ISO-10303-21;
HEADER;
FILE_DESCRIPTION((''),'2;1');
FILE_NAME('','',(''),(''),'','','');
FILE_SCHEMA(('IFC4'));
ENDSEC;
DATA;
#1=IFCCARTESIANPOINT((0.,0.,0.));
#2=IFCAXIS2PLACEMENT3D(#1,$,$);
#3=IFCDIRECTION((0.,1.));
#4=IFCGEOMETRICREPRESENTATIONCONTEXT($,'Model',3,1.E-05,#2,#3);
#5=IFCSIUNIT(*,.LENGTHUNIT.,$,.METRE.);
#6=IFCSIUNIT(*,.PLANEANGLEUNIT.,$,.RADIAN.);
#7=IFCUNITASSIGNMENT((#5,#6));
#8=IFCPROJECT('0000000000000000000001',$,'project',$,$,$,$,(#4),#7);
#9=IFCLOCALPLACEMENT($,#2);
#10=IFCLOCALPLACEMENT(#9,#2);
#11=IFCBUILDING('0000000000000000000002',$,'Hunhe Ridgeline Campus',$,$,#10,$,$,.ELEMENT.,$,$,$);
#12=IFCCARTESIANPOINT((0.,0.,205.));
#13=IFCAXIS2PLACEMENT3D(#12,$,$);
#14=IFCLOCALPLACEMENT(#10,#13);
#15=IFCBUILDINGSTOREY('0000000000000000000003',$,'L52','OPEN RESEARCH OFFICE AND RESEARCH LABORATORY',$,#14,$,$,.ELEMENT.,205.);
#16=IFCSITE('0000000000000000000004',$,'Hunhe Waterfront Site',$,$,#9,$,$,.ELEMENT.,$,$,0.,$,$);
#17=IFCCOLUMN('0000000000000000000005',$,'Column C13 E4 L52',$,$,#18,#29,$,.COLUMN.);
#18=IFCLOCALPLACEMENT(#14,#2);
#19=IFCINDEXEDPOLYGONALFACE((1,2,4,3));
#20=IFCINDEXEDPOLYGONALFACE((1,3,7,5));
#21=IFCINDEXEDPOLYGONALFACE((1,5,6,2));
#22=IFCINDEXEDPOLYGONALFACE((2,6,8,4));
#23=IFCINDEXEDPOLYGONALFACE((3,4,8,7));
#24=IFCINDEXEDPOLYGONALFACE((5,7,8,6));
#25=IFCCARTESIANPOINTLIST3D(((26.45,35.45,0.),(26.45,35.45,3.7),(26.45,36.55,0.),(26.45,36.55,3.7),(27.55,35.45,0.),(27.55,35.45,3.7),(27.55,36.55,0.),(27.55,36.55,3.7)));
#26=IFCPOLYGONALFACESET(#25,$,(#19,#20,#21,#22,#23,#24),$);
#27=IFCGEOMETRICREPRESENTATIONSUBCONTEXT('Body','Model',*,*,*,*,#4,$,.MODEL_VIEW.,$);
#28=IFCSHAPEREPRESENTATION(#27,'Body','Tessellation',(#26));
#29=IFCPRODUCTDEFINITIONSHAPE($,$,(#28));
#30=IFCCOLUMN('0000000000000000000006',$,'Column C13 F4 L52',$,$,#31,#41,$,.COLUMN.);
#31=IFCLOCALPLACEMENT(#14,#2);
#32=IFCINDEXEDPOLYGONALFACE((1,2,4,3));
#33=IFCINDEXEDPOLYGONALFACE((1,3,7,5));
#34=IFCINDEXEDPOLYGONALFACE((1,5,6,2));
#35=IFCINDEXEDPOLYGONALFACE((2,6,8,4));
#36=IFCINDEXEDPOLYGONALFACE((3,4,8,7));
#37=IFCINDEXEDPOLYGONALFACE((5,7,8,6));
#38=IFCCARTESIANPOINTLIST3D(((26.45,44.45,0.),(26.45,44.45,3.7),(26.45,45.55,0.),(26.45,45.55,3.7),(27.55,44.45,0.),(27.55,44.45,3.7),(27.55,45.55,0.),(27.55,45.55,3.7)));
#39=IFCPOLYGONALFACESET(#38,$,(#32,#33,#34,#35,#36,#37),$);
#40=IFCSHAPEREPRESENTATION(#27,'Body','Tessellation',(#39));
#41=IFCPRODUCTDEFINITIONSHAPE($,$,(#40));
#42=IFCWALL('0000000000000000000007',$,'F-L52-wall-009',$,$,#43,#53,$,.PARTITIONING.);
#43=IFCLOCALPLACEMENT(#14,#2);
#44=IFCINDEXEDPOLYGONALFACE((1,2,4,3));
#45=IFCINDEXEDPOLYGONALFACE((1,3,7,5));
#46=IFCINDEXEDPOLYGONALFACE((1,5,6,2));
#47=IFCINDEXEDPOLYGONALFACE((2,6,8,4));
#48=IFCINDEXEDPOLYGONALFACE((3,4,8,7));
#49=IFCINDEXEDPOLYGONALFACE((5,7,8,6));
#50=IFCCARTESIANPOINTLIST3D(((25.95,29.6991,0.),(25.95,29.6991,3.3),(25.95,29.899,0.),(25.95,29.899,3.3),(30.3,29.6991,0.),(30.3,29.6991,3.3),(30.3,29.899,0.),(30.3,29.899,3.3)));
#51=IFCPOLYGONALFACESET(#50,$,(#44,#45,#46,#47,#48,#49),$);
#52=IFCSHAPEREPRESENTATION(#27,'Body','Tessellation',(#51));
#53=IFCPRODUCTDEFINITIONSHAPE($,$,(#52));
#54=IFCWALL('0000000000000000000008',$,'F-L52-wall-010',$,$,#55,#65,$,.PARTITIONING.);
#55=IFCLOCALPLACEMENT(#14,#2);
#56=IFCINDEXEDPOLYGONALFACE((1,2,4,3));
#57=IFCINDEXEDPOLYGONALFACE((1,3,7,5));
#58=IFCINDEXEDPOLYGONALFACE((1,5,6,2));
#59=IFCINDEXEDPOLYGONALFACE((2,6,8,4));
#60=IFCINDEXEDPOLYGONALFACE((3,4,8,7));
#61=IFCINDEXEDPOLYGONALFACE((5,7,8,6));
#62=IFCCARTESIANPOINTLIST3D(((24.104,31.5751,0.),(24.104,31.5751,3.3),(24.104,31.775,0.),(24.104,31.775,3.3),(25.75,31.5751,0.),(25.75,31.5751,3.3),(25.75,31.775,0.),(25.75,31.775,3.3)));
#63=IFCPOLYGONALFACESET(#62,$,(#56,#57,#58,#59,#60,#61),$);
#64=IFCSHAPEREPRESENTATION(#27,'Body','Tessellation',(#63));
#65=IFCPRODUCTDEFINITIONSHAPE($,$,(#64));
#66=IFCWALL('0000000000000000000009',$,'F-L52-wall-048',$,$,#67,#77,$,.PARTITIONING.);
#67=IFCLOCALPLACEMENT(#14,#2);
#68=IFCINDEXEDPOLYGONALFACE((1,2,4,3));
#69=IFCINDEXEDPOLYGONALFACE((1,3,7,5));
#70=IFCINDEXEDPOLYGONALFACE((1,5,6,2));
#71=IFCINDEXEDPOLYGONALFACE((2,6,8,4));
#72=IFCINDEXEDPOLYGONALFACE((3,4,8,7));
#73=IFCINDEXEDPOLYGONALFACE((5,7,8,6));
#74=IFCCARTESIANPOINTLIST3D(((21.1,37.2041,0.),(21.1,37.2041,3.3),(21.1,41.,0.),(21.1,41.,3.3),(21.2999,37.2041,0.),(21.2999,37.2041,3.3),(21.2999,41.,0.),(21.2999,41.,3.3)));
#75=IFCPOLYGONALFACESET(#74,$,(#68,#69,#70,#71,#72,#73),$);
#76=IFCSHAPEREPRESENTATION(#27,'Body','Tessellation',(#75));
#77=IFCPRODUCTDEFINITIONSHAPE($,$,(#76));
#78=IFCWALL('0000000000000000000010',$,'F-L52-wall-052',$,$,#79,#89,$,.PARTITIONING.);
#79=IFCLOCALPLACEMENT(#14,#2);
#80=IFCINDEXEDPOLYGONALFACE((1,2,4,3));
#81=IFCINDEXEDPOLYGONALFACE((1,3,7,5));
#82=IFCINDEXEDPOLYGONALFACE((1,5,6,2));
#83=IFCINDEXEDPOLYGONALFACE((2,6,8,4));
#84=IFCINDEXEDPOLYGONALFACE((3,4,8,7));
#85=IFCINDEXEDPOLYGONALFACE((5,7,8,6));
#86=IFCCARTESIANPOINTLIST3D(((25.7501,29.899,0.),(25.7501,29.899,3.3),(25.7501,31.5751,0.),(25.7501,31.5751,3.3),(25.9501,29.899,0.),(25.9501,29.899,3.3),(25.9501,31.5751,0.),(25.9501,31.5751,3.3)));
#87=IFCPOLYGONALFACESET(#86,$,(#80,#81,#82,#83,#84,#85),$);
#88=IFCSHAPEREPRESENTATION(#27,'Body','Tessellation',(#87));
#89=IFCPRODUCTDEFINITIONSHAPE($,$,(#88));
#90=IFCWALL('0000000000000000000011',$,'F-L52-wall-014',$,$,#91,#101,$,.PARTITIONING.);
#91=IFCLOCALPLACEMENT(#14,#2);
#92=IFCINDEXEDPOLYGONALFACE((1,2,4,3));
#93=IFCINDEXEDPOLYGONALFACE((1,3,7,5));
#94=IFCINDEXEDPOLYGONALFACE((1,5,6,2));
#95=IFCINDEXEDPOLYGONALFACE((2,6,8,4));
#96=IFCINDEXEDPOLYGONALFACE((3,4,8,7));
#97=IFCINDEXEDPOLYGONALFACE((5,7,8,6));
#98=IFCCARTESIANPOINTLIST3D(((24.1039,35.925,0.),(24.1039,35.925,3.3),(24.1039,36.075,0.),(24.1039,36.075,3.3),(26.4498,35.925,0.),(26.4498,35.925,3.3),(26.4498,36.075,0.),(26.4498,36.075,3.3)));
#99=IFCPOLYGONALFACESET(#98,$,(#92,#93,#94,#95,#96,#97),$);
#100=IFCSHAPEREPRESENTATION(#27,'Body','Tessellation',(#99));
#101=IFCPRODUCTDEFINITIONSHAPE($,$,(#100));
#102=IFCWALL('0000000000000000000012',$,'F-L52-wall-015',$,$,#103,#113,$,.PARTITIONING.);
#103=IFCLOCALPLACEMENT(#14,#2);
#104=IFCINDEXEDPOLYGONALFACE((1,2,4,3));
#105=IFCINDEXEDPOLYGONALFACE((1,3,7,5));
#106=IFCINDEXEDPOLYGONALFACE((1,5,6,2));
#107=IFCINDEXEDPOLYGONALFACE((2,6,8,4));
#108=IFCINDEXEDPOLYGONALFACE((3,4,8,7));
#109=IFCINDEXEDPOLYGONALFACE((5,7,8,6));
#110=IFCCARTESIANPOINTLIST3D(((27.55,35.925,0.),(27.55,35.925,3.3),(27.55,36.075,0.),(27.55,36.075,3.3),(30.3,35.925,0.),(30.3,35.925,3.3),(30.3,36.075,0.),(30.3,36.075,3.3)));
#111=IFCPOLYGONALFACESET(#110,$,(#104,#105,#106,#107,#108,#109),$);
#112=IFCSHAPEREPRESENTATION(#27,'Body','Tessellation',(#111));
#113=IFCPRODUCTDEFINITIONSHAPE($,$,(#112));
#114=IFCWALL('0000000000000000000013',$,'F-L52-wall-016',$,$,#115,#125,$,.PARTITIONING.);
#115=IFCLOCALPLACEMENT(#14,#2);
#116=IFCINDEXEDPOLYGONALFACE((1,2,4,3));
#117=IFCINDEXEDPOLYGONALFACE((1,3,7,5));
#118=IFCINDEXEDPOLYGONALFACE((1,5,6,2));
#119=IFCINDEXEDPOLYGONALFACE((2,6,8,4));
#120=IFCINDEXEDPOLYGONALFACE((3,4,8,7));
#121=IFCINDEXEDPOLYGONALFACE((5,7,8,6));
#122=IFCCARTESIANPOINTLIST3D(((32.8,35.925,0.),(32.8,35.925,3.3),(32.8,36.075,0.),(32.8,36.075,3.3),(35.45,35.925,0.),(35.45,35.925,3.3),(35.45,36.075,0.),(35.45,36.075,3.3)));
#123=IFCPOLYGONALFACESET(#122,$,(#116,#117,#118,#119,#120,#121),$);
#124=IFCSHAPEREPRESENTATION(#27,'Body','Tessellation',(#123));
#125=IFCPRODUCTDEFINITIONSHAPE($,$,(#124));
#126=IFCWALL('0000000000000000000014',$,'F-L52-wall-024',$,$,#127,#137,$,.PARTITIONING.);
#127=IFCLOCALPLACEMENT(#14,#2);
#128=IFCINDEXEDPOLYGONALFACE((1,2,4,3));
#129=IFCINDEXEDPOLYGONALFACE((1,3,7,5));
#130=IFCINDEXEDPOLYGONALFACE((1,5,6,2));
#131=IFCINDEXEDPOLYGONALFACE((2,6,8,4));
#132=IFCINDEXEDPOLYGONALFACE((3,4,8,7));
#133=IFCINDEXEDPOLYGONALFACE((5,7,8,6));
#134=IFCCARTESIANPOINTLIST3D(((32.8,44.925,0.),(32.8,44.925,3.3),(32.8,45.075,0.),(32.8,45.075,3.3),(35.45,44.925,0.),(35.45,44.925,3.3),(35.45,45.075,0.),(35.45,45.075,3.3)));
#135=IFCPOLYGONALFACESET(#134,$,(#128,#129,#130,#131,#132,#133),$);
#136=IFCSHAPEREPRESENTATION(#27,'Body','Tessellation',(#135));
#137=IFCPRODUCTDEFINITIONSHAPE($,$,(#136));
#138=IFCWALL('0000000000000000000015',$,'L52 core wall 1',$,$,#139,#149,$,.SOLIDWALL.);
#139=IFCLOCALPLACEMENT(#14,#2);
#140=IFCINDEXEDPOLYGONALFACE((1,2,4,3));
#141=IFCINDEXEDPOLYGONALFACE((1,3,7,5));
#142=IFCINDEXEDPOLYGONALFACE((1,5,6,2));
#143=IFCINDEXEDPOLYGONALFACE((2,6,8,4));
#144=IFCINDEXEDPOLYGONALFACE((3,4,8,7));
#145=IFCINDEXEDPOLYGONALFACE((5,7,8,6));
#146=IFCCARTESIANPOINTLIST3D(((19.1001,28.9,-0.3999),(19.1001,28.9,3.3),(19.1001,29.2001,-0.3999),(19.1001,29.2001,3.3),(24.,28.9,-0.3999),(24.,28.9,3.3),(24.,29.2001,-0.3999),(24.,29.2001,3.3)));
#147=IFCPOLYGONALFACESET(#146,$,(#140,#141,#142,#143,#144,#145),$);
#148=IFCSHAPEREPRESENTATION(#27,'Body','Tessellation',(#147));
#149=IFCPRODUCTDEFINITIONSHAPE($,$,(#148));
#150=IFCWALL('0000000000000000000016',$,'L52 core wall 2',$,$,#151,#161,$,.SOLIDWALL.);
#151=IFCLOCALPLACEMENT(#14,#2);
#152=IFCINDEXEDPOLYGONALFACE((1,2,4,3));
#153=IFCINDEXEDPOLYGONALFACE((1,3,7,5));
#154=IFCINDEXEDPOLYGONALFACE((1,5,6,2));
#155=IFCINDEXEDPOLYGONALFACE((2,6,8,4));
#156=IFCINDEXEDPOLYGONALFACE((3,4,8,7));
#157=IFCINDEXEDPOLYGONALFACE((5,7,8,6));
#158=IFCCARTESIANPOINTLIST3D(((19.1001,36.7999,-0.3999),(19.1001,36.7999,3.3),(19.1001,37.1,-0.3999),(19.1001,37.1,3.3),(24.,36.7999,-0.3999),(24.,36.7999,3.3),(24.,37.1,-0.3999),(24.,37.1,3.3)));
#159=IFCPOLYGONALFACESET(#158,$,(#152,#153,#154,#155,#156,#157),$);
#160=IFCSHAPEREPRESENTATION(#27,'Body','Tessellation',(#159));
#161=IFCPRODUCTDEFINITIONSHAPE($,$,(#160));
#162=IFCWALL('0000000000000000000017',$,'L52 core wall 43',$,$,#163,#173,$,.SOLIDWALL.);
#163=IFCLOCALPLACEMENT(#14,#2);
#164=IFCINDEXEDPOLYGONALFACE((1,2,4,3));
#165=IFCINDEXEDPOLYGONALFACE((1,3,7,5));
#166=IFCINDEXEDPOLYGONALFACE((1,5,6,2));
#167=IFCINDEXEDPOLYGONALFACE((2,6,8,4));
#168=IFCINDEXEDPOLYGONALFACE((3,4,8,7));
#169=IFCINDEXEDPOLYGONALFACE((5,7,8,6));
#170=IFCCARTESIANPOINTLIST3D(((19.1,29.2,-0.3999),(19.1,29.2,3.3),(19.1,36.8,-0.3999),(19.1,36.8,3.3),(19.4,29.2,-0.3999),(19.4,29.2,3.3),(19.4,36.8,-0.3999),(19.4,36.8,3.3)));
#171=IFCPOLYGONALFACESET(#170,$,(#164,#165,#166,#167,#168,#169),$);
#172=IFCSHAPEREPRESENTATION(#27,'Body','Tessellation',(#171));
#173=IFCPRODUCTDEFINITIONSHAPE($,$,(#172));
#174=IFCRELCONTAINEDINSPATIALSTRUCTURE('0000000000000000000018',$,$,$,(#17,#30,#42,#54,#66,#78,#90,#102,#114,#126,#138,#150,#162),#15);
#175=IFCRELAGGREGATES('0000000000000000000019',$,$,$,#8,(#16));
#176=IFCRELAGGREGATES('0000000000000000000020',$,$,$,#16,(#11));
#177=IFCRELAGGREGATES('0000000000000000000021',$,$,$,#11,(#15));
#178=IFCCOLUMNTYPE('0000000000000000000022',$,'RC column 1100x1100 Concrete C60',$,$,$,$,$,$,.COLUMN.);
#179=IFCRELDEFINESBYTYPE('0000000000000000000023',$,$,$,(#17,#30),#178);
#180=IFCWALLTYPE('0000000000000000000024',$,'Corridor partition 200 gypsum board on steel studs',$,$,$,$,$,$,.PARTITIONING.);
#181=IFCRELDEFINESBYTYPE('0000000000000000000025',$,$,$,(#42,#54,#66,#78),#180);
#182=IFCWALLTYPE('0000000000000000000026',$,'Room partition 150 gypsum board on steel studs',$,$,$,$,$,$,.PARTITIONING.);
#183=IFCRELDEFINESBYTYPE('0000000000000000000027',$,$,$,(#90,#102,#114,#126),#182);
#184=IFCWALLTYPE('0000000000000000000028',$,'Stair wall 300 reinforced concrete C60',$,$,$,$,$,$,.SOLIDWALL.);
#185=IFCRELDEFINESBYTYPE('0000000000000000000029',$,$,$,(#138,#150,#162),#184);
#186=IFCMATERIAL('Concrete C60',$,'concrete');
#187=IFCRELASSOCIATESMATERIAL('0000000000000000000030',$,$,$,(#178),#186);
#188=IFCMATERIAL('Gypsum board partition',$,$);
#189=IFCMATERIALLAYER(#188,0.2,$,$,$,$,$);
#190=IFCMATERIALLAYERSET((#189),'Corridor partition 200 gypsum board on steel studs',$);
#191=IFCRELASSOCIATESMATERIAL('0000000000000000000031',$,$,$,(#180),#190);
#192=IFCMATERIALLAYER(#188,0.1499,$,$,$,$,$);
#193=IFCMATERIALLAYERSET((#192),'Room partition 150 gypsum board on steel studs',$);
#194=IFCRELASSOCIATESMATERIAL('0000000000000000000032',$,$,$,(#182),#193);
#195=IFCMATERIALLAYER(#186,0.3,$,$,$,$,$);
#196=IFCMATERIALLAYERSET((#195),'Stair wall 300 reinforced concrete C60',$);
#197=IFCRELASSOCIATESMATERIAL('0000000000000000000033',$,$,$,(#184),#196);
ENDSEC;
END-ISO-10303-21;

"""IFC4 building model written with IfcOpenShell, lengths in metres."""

from ifc_helpers import new_model, si_unit, direction, frame, frame_2d, origin, origin_2d, place, context, subcontext, project, spatial, rectangle, extrude, material, layer, layer_set, material_profile, profile_set, type_object, element, save


model = new_model("IFC4")

# Units and contexts
model_context = context("Model", 3, precision=1e-05, world=origin(), true_north=direction((0.0, 1.0)))
body_context = subcontext(model_context, "Body", "Model", "MODEL_VIEW")
ifc_project = project(units=[si_unit("LENGTHUNIT", "METRE"), si_unit("PLANEANGLEUNIT", "RADIAN")], contexts=[model_context])

# Site, building, storey
site_placement = place(None, origin())
site = spatial("IfcSite", under=ifc_project, at=site_placement, Name="Hunhe Waterfront Site", CompositionType="ELEMENT", RefElevation=0.0)
building_placement = place(site_placement, origin())
building = spatial("IfcBuilding", under=site, at=building_placement, Name="Hunhe Ridgeline Campus", CompositionType="ELEMENT")
storey_placement = place(building_placement, frame((0.0, 0.0, 205.0)))
storey = spatial("IfcBuildingStorey", under=building, at=storey_placement, Name="L52", Description="OPEN RESEARCH OFFICE AND RESEARCH LABORATORY", CompositionType="ELEMENT", Elevation=205.0)

# Columns
ifc_material_1 = material(Name="Concrete C60", Category="concrete")
ifc_material_profile = material_profile(ifc_material_1, rectangle(XDim=1.1001, YDim=1.1001, at=origin_2d()))
ifc_profile_set = profile_set([ifc_material_profile], Name="Concrete C60")
column_type = type_object("IfcColumnType", Name="RC column 1100x1100 Concrete C60", PredefinedType="COLUMN", material=ifc_profile_set)
for number, where, z_axis, x_axis, name in (
    (1, (27.0, 36.0, 0.0), (0.0, 0.0, 1.0), (1.0, 0.0, 0.0), "Column C13 E4 L52"),
    (2, (27.0, 45.0, 0.0), (0.0, 0.0, 1.0), (1.0, 0.0, 0.0), "Column C13 F4 L52"),
):
    element("IfcColumn", number, at=place(storey_placement, frame(where, z_axis=z_axis, x_axis=x_axis)), inside=storey, type_object=column_type, Name=name, PredefinedType="COLUMN", context=body_context, shape_type="SweptSolid", body=[
        extrude(rectangle(XDim=1.1001, YDim=1.1001, at=origin_2d()), origin(), (0.0, 0.0, 1.0), 3.7),
    ])

# Walls
ifc_material_2 = material(Name="Gypsum board partition")
ifc_layer_1 = layer(ifc_material_2, 0.2)
ifc_layer_set_1 = layer_set([ifc_layer_1], Name="Corridor partition 200 gypsum board on steel studs")
wall_type_1 = type_object("IfcWallType", Name="Corridor partition 200 gypsum board on steel studs", PredefinedType="PARTITIONING", material=ifc_layer_set_1)
wall_1_placement = place(storey_placement, frame((25.95, 29.7991, 0.0), z_axis=(0.0, 0.0, 1.0), x_axis=(1.0, 0.0, 0.0)))
element("IfcWall", 3, at=wall_1_placement, inside=storey, type_object=wall_type_1, Name="F-L52-wall-009", PredefinedType="PARTITIONING", context=body_context, shape_type="SweptSolid", body=[
    extrude(rectangle(XDim=4.3501, YDim=0.2, at=frame_2d((2.175, 0.0))), origin(), (0.0, 0.0, 1.0), 3.3),
])
wall_2_placement = place(storey_placement, frame((24.104, 31.675, 0.0), z_axis=(0.0, 0.0, 1.0), x_axis=(1.0, 0.0, 0.0)))
element("IfcWall", 4, at=wall_2_placement, inside=storey, type_object=wall_type_1, Name="F-L52-wall-010", PredefinedType="PARTITIONING", context=body_context, shape_type="SweptSolid", body=[
    extrude(rectangle(XDim=1.646, YDim=0.2, at=frame_2d((0.823, 0.0))), origin(), (0.0, 0.0, 1.0), 3.3),
])

# Wall
wall_3_placement = place(storey_placement, frame((21.2, 37.2041, 0.0), z_axis=(0.0, 0.0, 1.0), x_axis=(0.0, 1.0, 0.0)))
element("IfcWall", 5, at=wall_3_placement, inside=storey, type_object=wall_type_1, Name="F-L52-wall-048", PredefinedType="PARTITIONING", context=body_context, shape_type="SweptSolid", body=[
    extrude(rectangle(XDim=3.7959, YDim=0.2, at=frame_2d((1.8979, 0.0))), origin(), (0.0, 0.0, 1.0), 3.3),
])

# Wall
wall_4_placement = place(storey_placement, frame((25.8501, 31.575, 0.0), z_axis=(0.0, 0.0, 1.0), x_axis=(0.0, -1.0, 0.0)))
element("IfcWall", 6, at=wall_4_placement, inside=storey, type_object=wall_type_1, Name="F-L52-wall-052", PredefinedType="PARTITIONING", context=body_context, shape_type="SweptSolid", body=[
    extrude(rectangle(XDim=1.676, YDim=0.2, at=frame_2d((0.8379, 0.0))), origin(), (0.0, 0.0, 1.0), 3.3),
])

# Walls
ifc_layer_2 = layer(ifc_material_2, 0.1499)
ifc_layer_set_2 = layer_set([ifc_layer_2], Name="Room partition 150 gypsum board on steel studs")
wall_type_2 = type_object("IfcWallType", Name="Room partition 150 gypsum board on steel studs", PredefinedType="PARTITIONING", material=ifc_layer_set_2)
wall_5_placement = place(storey_placement, frame((24.104, 36.0, 0.0), z_axis=(0.0, 0.0, 1.0), x_axis=(1.0, 0.0, 0.0)))
element("IfcWall", 7, at=wall_5_placement, inside=storey, type_object=wall_type_2, Name="F-L52-wall-014", PredefinedType="PARTITIONING", context=body_context, shape_type="SweptSolid", body=[
    extrude(rectangle(XDim=2.3459, YDim=0.1499, at=frame_2d((1.1729, 0.0))), origin(), (0.0, 0.0, 1.0), 3.3),
])
wall_6_placement = place(storey_placement, frame((27.55, 36.0, 0.0), z_axis=(0.0, 0.0, 1.0), x_axis=(1.0, 0.0, 0.0)))
element("IfcWall", 8, at=wall_6_placement, inside=storey, type_object=wall_type_2, Name="F-L52-wall-015", PredefinedType="PARTITIONING", context=body_context, shape_type="SweptSolid", body=[
    extrude(rectangle(XDim=2.75, YDim=0.1499, at=frame_2d((1.375, 0.0))), origin(), (0.0, 0.0, 1.0), 3.3),
])
for number, where, z_axis, x_axis, name in (
    (9, (32.8, 36.0, 0.0), (0.0, 0.0, 1.0), (1.0, 0.0, 0.0), "F-L52-wall-016"),
    (10, (32.8, 45.0, 0.0), (0.0, 0.0, 1.0), (1.0, 0.0, 0.0), "F-L52-wall-024"),
):
    element("IfcWall", number, at=place(storey_placement, frame(where, z_axis=z_axis, x_axis=x_axis)), inside=storey, type_object=wall_type_2, Name=name, PredefinedType="PARTITIONING", context=body_context, shape_type="SweptSolid", body=[
        extrude(rectangle(XDim=2.6499, YDim=0.1499, at=frame_2d((1.325, 0.0))), origin(), (0.0, 0.0, 1.0), 3.3),
    ])
ifc_layer_3 = layer(ifc_material_1, 0.3)
ifc_layer_set_3 = layer_set([ifc_layer_3], Name="Stair wall 300 reinforced concrete C60")
wall_type_3 = type_object("IfcWallType", Name="Stair wall 300 reinforced concrete C60", PredefinedType="SOLIDWALL", material=ifc_layer_set_3)
for number, where, z_axis, x_axis, name in (
    (11, (19.1001, 29.05, -0.3999), (0.0, 0.0, 1.0), (1.0, 0.0, 0.0), "L52 core wall 1"),
    (12, (19.1001, 36.95, -0.3999), (0.0, 0.0, 1.0), (1.0, 0.0, 0.0), "L52 core wall 2"),
):
    element("IfcWall", number, at=place(storey_placement, frame(where, z_axis=z_axis, x_axis=x_axis)), inside=storey, type_object=wall_type_3, Name=name, PredefinedType="SOLIDWALL", context=body_context, shape_type="SweptSolid", body=[
        extrude(rectangle(XDim=4.8999, YDim=0.3, at=frame_2d((2.45, 0.0))), origin(), (0.0, 0.0, 1.0), 3.7),
    ])
wall_7_placement = place(storey_placement, frame((19.25, 29.2, -0.3999), z_axis=(0.0, 0.0, 1.0), x_axis=(0.0, 1.0, 0.0)))
element("IfcWall", 13, at=wall_7_placement, inside=storey, type_object=wall_type_3, Name="L52 core wall 43", PredefinedType="SOLIDWALL", context=body_context, shape_type="SweptSolid", body=[
    extrude(rectangle(XDim=7.6001, YDim=0.3, at=frame_2d((3.8, 0.0))), origin(), (0.0, 0.0, 1.0), 3.7),
])

save(model, "model.ifc")
